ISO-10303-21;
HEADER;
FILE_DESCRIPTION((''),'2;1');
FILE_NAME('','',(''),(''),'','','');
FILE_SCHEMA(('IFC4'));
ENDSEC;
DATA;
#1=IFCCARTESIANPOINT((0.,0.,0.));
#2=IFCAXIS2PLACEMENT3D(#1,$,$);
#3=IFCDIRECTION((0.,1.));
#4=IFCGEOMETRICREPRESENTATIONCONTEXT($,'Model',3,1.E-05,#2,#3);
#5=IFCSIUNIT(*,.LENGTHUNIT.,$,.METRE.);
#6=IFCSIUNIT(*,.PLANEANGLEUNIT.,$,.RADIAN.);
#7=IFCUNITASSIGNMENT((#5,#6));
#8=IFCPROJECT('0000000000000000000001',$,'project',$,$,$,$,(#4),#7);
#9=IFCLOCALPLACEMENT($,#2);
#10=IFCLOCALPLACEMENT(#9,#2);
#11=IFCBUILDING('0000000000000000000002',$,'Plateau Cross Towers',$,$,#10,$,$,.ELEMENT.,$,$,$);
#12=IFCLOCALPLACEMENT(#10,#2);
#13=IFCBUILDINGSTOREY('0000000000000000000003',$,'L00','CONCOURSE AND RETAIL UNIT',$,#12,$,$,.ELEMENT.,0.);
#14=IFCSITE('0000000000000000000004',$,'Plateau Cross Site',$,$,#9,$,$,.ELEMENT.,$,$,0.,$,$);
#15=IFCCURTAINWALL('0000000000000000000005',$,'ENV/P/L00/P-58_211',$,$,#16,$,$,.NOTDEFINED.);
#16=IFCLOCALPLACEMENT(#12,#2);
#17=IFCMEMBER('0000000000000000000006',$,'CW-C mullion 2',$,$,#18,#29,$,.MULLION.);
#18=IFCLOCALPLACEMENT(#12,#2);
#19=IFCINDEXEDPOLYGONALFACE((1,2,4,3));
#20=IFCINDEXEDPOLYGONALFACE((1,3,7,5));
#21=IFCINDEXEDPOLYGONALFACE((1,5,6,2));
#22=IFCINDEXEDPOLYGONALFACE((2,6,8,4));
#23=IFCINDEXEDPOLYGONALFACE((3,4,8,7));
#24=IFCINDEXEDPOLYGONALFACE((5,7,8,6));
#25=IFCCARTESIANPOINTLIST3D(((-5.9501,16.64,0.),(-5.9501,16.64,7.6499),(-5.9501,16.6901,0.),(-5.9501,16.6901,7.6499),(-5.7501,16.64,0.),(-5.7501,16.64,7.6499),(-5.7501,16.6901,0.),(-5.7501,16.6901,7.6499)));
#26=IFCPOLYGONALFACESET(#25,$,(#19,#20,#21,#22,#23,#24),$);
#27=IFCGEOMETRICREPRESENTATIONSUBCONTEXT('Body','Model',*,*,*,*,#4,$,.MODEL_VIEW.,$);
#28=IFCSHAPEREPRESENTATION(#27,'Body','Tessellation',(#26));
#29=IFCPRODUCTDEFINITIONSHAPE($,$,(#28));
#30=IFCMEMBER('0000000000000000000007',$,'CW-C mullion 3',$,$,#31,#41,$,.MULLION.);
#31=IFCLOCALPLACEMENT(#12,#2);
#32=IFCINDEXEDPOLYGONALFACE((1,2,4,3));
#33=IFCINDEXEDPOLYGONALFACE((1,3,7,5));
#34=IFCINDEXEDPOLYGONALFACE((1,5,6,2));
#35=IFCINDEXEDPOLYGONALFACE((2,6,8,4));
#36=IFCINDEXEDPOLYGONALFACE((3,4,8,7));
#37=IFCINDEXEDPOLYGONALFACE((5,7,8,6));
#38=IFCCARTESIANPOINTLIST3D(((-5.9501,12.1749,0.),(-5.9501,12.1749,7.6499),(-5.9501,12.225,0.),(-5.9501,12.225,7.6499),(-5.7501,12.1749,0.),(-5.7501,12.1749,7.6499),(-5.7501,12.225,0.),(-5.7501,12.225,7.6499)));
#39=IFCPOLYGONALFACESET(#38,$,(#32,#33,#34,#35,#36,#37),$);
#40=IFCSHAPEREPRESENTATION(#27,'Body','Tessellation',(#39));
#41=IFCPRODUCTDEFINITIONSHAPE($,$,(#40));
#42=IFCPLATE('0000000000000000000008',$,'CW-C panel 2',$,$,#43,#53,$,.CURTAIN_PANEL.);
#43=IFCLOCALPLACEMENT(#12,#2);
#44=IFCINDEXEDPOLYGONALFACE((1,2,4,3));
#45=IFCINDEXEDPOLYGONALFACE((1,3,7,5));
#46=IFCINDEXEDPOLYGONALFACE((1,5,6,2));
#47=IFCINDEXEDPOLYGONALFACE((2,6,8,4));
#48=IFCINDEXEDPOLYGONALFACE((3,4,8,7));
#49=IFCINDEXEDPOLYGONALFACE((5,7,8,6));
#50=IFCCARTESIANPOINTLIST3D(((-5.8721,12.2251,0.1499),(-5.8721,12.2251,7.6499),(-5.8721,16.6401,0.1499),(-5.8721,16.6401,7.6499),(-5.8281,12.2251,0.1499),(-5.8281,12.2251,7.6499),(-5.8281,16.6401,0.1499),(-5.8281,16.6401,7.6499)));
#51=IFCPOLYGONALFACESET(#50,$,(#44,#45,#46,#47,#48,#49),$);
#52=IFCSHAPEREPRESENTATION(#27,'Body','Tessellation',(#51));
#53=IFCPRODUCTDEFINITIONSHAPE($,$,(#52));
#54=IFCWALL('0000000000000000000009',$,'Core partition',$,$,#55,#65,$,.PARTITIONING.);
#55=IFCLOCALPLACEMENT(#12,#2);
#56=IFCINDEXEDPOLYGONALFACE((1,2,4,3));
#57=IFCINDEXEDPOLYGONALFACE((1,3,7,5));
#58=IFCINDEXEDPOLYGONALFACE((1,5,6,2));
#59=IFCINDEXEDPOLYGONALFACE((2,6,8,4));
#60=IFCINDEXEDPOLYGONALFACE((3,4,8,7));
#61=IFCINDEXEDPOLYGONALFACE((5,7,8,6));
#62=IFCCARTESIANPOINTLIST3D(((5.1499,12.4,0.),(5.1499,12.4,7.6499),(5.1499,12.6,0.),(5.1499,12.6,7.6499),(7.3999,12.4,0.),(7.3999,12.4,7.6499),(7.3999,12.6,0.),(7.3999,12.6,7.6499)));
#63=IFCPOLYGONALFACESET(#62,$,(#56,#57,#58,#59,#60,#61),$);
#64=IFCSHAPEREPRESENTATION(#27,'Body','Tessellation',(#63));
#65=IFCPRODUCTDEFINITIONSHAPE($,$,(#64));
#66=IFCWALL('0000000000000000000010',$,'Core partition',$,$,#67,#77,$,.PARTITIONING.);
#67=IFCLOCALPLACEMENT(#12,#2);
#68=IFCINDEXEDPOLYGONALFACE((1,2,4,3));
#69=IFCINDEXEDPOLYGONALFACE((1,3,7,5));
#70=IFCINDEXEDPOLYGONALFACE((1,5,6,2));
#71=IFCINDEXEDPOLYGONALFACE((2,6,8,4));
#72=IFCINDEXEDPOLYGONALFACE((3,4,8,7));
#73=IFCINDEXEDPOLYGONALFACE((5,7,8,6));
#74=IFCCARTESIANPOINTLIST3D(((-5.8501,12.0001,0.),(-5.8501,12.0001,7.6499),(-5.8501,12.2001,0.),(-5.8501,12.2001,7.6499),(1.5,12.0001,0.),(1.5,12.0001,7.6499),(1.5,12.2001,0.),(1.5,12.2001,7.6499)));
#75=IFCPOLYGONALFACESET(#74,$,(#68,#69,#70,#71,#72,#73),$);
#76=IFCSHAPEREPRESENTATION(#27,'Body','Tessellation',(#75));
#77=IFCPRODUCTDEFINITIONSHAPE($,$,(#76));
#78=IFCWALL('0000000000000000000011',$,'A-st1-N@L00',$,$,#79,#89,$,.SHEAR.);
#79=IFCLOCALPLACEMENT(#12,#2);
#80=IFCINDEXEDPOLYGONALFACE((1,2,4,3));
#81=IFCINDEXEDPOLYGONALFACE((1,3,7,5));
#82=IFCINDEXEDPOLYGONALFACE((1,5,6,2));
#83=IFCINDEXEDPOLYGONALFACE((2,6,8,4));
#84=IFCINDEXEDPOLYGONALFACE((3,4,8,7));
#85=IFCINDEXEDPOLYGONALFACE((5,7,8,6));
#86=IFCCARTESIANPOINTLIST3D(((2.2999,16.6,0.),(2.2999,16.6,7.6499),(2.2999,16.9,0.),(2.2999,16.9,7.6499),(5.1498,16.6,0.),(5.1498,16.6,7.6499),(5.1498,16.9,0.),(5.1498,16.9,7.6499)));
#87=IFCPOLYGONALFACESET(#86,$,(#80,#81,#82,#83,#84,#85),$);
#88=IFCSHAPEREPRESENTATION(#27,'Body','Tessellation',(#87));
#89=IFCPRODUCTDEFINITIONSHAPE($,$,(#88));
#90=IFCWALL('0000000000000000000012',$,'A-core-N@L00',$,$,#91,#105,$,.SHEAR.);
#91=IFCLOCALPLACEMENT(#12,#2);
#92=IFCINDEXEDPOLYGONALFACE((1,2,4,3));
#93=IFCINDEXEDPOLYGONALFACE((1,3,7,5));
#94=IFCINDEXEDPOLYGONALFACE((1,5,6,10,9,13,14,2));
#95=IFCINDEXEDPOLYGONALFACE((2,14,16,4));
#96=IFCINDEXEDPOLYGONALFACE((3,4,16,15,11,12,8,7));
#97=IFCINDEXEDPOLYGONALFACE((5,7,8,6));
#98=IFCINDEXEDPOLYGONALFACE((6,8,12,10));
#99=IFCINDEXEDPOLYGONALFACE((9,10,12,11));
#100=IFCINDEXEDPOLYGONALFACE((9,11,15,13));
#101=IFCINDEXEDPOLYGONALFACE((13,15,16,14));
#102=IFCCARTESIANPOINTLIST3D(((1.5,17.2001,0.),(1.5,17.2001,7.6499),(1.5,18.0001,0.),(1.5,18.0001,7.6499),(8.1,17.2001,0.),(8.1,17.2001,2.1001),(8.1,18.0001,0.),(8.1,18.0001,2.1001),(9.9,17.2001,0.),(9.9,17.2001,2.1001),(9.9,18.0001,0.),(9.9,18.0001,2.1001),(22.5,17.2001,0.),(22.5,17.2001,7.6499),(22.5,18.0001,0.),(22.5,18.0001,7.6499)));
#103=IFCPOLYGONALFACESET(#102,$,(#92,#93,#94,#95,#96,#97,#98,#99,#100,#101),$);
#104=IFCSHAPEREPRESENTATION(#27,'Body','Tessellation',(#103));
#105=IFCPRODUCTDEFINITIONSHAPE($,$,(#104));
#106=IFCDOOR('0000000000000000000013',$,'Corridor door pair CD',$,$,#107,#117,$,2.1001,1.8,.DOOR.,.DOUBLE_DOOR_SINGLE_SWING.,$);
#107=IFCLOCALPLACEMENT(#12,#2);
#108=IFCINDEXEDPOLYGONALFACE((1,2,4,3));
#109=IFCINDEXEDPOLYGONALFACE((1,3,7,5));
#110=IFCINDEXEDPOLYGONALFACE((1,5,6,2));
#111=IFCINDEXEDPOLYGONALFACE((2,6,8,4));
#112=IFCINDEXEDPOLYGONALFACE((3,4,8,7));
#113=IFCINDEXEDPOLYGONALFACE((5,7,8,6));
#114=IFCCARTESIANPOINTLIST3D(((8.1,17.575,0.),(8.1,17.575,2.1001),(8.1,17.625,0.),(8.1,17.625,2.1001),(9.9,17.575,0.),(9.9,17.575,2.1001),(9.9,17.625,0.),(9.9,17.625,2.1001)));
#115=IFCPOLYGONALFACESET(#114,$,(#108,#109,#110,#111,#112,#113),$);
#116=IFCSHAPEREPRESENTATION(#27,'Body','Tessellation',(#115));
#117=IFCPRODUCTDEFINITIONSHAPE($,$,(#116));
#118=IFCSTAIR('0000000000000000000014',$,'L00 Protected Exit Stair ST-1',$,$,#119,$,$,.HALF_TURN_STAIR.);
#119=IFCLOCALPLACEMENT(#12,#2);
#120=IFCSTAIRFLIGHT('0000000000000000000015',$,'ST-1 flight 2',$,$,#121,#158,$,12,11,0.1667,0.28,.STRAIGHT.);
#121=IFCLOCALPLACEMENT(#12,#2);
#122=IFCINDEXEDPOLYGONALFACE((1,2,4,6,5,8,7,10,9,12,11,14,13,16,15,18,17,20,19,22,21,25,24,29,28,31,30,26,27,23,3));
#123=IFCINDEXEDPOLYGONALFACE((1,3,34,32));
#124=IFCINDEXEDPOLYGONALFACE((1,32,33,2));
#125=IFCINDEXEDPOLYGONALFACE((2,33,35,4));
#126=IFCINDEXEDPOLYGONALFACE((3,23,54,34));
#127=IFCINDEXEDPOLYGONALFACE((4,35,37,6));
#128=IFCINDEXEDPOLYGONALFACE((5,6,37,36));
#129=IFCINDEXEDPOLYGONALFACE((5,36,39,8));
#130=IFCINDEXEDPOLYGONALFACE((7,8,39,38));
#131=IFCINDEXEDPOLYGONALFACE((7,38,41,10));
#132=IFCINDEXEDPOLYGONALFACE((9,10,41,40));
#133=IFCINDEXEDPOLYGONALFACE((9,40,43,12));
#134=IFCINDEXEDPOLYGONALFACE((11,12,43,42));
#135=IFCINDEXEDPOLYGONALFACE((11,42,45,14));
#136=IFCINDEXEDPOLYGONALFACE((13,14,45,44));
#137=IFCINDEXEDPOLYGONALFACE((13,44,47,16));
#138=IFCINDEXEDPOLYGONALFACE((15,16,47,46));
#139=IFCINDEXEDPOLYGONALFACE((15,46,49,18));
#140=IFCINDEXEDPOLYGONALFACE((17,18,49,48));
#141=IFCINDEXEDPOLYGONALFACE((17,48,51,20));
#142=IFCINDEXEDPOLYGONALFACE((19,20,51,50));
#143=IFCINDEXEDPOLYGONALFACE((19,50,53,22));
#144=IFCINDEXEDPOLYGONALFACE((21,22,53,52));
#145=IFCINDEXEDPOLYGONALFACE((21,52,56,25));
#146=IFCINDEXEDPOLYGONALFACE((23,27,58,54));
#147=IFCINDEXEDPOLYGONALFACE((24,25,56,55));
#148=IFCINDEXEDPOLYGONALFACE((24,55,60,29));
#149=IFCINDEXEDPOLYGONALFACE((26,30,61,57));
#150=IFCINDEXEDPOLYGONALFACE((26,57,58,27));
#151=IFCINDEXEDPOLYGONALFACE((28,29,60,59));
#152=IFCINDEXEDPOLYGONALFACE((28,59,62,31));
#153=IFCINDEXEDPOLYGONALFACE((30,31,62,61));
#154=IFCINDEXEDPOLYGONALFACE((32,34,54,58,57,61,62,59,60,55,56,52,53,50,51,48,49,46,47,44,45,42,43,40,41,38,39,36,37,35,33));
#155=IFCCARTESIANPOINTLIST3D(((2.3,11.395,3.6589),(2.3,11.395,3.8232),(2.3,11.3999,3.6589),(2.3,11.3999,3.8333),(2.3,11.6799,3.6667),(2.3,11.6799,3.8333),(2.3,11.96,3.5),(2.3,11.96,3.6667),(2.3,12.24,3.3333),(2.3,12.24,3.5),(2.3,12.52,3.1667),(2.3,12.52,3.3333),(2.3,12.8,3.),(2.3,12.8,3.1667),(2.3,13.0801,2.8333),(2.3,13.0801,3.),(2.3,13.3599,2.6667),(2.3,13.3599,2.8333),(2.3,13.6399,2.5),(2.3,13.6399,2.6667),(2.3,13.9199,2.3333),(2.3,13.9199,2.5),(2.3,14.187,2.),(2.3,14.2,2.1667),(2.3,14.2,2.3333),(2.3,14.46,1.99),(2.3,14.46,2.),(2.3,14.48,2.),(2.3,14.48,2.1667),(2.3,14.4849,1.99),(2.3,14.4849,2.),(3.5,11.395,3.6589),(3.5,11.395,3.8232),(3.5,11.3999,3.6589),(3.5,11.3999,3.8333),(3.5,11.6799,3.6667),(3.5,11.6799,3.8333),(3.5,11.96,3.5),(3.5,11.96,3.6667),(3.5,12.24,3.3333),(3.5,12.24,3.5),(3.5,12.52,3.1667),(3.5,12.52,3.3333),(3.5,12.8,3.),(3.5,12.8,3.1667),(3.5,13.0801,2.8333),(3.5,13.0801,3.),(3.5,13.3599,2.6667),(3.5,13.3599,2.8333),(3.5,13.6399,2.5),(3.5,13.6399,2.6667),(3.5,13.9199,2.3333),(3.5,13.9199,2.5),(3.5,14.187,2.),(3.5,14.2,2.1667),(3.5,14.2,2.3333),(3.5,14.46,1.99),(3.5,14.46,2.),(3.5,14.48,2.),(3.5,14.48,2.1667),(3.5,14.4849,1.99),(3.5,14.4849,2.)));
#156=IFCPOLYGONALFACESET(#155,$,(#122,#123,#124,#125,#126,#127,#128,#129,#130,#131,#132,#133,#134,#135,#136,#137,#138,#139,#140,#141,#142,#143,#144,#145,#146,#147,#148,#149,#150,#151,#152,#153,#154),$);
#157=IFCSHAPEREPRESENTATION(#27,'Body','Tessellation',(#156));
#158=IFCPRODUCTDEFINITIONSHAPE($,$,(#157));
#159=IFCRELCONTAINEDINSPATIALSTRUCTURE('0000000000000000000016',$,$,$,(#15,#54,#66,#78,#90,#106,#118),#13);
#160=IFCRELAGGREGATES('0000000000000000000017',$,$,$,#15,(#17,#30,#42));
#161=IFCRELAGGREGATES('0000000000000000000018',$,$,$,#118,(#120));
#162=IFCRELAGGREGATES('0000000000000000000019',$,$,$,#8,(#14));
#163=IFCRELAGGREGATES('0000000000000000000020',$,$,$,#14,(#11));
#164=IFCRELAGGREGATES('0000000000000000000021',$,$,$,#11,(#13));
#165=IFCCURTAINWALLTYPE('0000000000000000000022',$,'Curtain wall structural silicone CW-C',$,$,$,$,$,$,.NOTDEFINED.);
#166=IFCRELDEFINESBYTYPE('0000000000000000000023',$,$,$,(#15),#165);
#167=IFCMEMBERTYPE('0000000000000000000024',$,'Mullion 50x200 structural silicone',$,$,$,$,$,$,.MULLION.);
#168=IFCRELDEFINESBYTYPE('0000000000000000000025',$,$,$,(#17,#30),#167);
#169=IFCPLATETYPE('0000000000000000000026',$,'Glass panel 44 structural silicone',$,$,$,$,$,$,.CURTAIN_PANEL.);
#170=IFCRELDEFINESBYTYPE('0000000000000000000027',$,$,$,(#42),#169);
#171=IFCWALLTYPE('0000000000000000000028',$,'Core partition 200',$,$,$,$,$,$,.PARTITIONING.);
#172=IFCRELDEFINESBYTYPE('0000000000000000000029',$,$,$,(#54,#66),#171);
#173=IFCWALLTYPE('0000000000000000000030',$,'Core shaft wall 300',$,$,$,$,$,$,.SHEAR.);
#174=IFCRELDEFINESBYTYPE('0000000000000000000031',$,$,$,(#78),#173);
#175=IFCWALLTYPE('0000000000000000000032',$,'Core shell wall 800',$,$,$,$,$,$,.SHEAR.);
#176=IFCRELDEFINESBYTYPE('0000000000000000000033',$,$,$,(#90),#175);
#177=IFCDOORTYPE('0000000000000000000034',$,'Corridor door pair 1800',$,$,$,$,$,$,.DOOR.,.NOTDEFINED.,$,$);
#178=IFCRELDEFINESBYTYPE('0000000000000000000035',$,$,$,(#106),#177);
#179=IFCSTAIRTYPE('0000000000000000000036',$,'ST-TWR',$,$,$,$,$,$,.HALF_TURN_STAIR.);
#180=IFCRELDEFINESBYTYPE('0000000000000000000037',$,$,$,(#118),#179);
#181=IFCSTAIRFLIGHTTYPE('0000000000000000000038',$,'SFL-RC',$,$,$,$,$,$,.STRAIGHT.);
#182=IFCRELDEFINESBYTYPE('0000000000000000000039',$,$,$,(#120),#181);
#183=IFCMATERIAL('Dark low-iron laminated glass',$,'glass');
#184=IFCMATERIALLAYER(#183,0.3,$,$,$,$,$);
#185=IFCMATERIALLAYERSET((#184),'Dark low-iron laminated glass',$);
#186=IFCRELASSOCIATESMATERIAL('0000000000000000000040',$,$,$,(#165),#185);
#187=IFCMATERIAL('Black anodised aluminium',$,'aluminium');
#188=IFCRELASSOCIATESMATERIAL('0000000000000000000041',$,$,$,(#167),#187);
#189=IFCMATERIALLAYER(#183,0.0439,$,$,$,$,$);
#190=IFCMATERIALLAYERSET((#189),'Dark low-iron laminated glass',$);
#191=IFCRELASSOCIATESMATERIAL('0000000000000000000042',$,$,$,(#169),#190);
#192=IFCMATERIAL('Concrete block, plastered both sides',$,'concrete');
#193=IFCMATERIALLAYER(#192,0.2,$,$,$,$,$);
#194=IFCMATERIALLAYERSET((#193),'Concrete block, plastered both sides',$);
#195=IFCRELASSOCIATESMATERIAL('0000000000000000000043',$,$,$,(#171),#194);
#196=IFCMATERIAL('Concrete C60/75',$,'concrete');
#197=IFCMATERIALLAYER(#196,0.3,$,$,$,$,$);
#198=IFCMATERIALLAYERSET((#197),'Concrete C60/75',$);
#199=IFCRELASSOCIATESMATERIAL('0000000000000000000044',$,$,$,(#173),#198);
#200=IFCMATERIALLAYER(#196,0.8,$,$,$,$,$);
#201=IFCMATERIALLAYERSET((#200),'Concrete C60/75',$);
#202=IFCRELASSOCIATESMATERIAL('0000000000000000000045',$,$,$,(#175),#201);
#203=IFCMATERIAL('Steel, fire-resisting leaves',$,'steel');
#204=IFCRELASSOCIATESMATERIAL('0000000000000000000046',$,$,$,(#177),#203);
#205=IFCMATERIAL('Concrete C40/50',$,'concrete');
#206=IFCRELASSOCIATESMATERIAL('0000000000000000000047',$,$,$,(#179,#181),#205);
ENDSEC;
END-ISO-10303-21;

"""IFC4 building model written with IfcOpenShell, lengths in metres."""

from ifc_helpers import new_model, si_unit, direction, frame, frame_2d, origin, origin_2d, place, context, subcontext, project, spatial, polyline, rectangle, outline, extrude, material, layer, layer_set, material_profile, profile_set, type_object, element, fill, aggregate, save


model = new_model("IFC4")

# Units and contexts
model_context = context("Model", 3, precision=1e-05, world=origin(), true_north=direction((0.0, 1.0)))
body_context = subcontext(model_context, "Body", "Model", "MODEL_VIEW")
ifc_project = project(units=[si_unit("LENGTHUNIT", "METRE"), si_unit("PLANEANGLEUNIT", "RADIAN")], contexts=[model_context])

# Site, building, storey
site_placement = place(None, origin())
site = spatial("IfcSite", under=ifc_project, at=site_placement, Name="Plateau Cross Site", CompositionType="ELEMENT", RefElevation=0.0)
building_placement = place(site_placement, origin())
building = spatial("IfcBuilding", under=site, at=building_placement, Name="Plateau Cross Towers", CompositionType="ELEMENT")
storey_placement = place(building_placement, origin())
storey = spatial("IfcBuildingStorey", under=building, at=storey_placement, Name="L00", Description="CONCOURSE AND RETAIL UNIT", CompositionType="ELEMENT", Elevation=0.0)

# Curtain wall, members, plate
ifc_material_1 = material(Name="Dark low-iron laminated glass", Category="glass")
ifc_layer_1 = layer(ifc_material_1, 0.3)
ifc_layer_set_1 = layer_set([ifc_layer_1], Name="Dark low-iron laminated glass")
curtain_wall_type = type_object("IfcCurtainWallType", Name="Curtain wall structural silicone CW-C", PredefinedType="NOTDEFINED", material=ifc_layer_set_1)
curtain_wall_placement = place(storey_placement, origin())
curtain_wall = element("IfcCurtainWall", 1, at=curtain_wall_placement, inside=storey, type_object=curtain_wall_type, Name="ENV/P/L00/P-58_211", PredefinedType="NOTDEFINED")
ifc_material_2 = material(Name="Black anodised aluminium", Category="aluminium")
ifc_material_profile = material_profile(ifc_material_2, rectangle(XDim=0.05, YDim=0.2, at=origin_2d()), Name="MULLION 50x200")
ifc_profile_set = profile_set([ifc_material_profile], Name="Black anodised aluminium")
member_type = type_object("IfcMemberType", Name="Mullion 50x200 structural silicone", PredefinedType="MULLION", material=ifc_profile_set)
member_1_placement = place(storey_placement, frame((-5.8501, 16.665, 0.0), z_axis=(0.0, 0.0, 1.0), x_axis=(0.0, -1.0, 0.0)))
member_1 = element("IfcMember", 2, at=member_1_placement, type_object=member_type, Name="CW-C mullion 2", PredefinedType="MULLION", context=body_context, shape_type="SweptSolid", body=[
    extrude(rectangle(XDim=0.05, YDim=0.2, at=origin_2d()), origin(), (0.0, 0.0, 1.0), 7.6499),
])
member_2_placement = place(storey_placement, frame((-5.8501, 12.2, 0.0), z_axis=(0.0, 0.0, 1.0), x_axis=(0.0, -1.0, 0.0)))
member_2 = element("IfcMember", 3, at=member_2_placement, type_object=member_type, Name="CW-C mullion 3", PredefinedType="MULLION", context=body_context, shape_type="SweptSolid", body=[
    extrude(rectangle(XDim=0.05, YDim=0.2, at=origin_2d()), origin(), (0.0, 0.0, 1.0), 7.6499),
])
ifc_layer_2 = layer(ifc_material_1, 0.0439)
ifc_layer_set_2 = layer_set([ifc_layer_2], Name="Dark low-iron laminated glass")
plate_type = type_object("IfcPlateType", Name="Glass panel 44 structural silicone", PredefinedType="CURTAIN_PANEL", material=ifc_layer_set_2)
plate_placement = place(storey_placement, frame((-5.8501, 14.4326, 0.1499), z_axis=(0.0, 0.0, 1.0), x_axis=(0.0, -1.0, 0.0)))
plate = element("IfcPlate", 4, at=plate_placement, type_object=plate_type, Name="CW-C panel 2", PredefinedType="CURTAIN_PANEL", context=body_context, shape_type="SweptSolid", body=[
    extrude(rectangle(XDim=4.415, YDim=0.0439, at=origin_2d()), origin(), (0.0, 0.0, 1.0), 7.5),
])
aggregate(curtain_wall, [member_1, member_2, plate])

# Walls
ifc_material_3 = material(Name="Concrete block, plastered both sides", Category="concrete")
ifc_layer_3 = layer(ifc_material_3, 0.2)
ifc_layer_set_3 = layer_set([ifc_layer_3], Name="Concrete block, plastered both sides")
wall_type_1 = type_object("IfcWallType", Name="Core partition 200", PredefinedType="PARTITIONING", material=ifc_layer_set_3)
wall_1_placement = place(storey_placement, frame((5.1499, 12.5, 0.0), z_axis=(0.0, 0.0, 1.0), x_axis=(1.0, 0.0, 0.0)))
element("IfcWall", 5, at=wall_1_placement, inside=storey, type_object=wall_type_1, Name="Core partition", PredefinedType="PARTITIONING", context=body_context, shape_type="SweptSolid", body=[
    extrude(rectangle(XDim=2.25, YDim=0.2, at=frame_2d((1.125, 0.0))), origin(), (0.0, 0.0, 1.0), 7.6499),
])
wall_2_placement = place(storey_placement, frame((-5.8501, 12.1001, 0.0), z_axis=(0.0, 0.0, 1.0), x_axis=(1.0, 0.0, 0.0)))
element("IfcWall", 6, at=wall_2_placement, inside=storey, type_object=wall_type_1, Name="Core partition", PredefinedType="PARTITIONING", context=body_context, shape_type="SweptSolid", body=[
    extrude(rectangle(XDim=7.3501, YDim=0.2, at=frame_2d((3.675, 0.0))), origin(), (0.0, 0.0, 1.0), 7.6499),
])
ifc_material_4 = material(Name="Concrete C60/75", Category="concrete")
ifc_layer_4 = layer(ifc_material_4, 0.3)
ifc_layer_set_4 = layer_set([ifc_layer_4], Name="Concrete C60/75")
wall_type_2 = type_object("IfcWallType", Name="Core shaft wall 300", PredefinedType="SHEAR", material=ifc_layer_set_4)
wall_3_placement = place(storey_placement, frame((2.3, 16.75, 0.0), z_axis=(0.0, 0.0, 1.0), x_axis=(1.0, 0.0, 0.0)))
element("IfcWall", 7, at=wall_3_placement, inside=storey, type_object=wall_type_2, Name="A-st1-N@L00", PredefinedType="SHEAR", context=body_context, shape_type="SweptSolid", body=[
    extrude(rectangle(XDim=2.8499, YDim=0.3, at=frame_2d((1.4248, 0.0))), origin(), (0.0, 0.0, 1.0), 7.6499),
])

# Wall, opening, door
ifc_layer_5 = layer(ifc_material_4, 0.8)
ifc_layer_set_5 = layer_set([ifc_layer_5], Name="Concrete C60/75")
wall_type_3 = type_object("IfcWallType", Name="Core shell wall 800", PredefinedType="SHEAR", material=ifc_layer_set_5)
wall_4_placement = place(storey_placement, frame((1.5, 17.6001, 0.0), z_axis=(0.0, 0.0, 1.0), x_axis=(1.0, 0.0, 0.0)))
wall_4 = element("IfcWall", 8, at=wall_4_placement, inside=storey, type_object=wall_type_3, Name="A-core-N@L00", PredefinedType="SHEAR", context=body_context, shape_type="SweptSolid", body=[
    extrude(rectangle(XDim=21.0, YDim=0.8, at=frame_2d((10.5, 0.0))), origin(), (0.0, 0.0, 1.0), 7.6499),
])
opening_placement = place(wall_4_placement, frame((6.6001, 0.0, 0.0)))
opening = element("IfcOpeningElement", 9, at=opening_placement, cuts=wall_4, PredefinedType="OPENING", context=body_context, shape_type="SweptSolid", body=[
    extrude(rectangle(XDim=1.8, YDim=2.1001, at=frame_2d((0.8999, 1.05))), frame((0.0, 0.4099, 0.0), z_axis=(0.0, -1.0, 0.0), x_axis=(1.0, 0.0, 0.0)), (0.0, 0.0, 1.0), 0.8201),
])
ifc_material_5 = material(Name="Steel, fire-resisting leaves", Category="steel")
door_type = type_object("IfcDoorType", Name="Corridor door pair 1800", OperationType="NOTDEFINED", PredefinedType="DOOR", material=ifc_material_5)
door_placement = place(opening_placement, origin())
door = element("IfcDoor", 10, at=door_placement, inside=storey, type_object=door_type, Name="Corridor door pair CD", OperationType="DOUBLE_DOOR_SINGLE_SWING", OverallHeight=2.1001, OverallWidth=1.8, PredefinedType="DOOR", context=body_context, shape_type="SweptSolid", body=[
    extrude(rectangle(XDim=1.8, YDim=2.1001, at=frame_2d((0.8999, 1.05))), frame((0.0, 0.0249, 0.0), z_axis=(0.0, -1.0, 0.0), x_axis=(1.0, 0.0, 0.0)), (0.0, 0.0, 1.0), 0.05),
])
fill(opening, door)

# Stair, stair flight
ifc_material_6 = material(Name="Concrete C40/50", Category="concrete")
stair_type = type_object("IfcStairType", Name="ST-TWR", PredefinedType="HALF_TURN_STAIR", material=ifc_material_6)
stair_placement = place(storey_placement, origin())
stair = element("IfcStair", 11, at=stair_placement, inside=storey, type_object=stair_type, Name="L00 Protected Exit Stair ST-1", PredefinedType="HALF_TURN_STAIR")
stair_flight_type = type_object("IfcStairFlightType", Name="SFL-RC", PredefinedType="STRAIGHT", material=ifc_material_6)
stair_flight_1_placement = place(storey_placement, frame((2.8999, 14.48, 2.0), z_axis=(0.0, 0.0, 1.0), x_axis=(0.0, -1.0, 0.0)))
stair_flight_1 = element("IfcStairFlight", 12, at=stair_flight_1_placement, type_object=stair_flight_type, Name="ST-1 flight 2", NumberOfRisers=12, NumberOfTreads=11, PredefinedType="STRAIGHT", RiserHeight=0.1667, TreadLength=0.28, context=body_context, shape_type="SweptSolid", body=[
    extrude(outline(polyline([(-0.0049, -0.01), (-0.0049, 0.0), (0.0, 0.0), (0.0, 0.1667), (0.28, 0.1667), (0.28, 0.3333), (0.5601, 0.3333), (0.5601, 0.5), (0.8401, 0.5), (0.8401, 0.6667), (1.1201, 0.6667), (1.1201, 0.8333), (1.3999, 0.8333), (1.3999, 1.0), (1.6799, 1.0), (1.6799, 1.1667), (1.96, 1.1667), (1.96, 1.3333), (2.24, 1.3333), (2.24, 1.5), (2.52, 1.5), (2.52, 1.6667), (2.8, 1.6667), (2.8, 1.8333), (3.0801, 1.8333), (3.085, 1.8232), (3.085, 1.6589), (3.0801, 1.6589), (0.293, 0.0), (0.02, 0.0), (0.02, -0.01), (-0.0049, -0.01)])), frame((0.0, 0.6001, 0.0), z_axis=(0.0, -1.0, 0.0), x_axis=(1.0, 0.0, 0.0)), (0.0, 0.0, 1.0), 1.2),
])
aggregate(stair, [stair_flight_1])

save(model, "model.ifc")
